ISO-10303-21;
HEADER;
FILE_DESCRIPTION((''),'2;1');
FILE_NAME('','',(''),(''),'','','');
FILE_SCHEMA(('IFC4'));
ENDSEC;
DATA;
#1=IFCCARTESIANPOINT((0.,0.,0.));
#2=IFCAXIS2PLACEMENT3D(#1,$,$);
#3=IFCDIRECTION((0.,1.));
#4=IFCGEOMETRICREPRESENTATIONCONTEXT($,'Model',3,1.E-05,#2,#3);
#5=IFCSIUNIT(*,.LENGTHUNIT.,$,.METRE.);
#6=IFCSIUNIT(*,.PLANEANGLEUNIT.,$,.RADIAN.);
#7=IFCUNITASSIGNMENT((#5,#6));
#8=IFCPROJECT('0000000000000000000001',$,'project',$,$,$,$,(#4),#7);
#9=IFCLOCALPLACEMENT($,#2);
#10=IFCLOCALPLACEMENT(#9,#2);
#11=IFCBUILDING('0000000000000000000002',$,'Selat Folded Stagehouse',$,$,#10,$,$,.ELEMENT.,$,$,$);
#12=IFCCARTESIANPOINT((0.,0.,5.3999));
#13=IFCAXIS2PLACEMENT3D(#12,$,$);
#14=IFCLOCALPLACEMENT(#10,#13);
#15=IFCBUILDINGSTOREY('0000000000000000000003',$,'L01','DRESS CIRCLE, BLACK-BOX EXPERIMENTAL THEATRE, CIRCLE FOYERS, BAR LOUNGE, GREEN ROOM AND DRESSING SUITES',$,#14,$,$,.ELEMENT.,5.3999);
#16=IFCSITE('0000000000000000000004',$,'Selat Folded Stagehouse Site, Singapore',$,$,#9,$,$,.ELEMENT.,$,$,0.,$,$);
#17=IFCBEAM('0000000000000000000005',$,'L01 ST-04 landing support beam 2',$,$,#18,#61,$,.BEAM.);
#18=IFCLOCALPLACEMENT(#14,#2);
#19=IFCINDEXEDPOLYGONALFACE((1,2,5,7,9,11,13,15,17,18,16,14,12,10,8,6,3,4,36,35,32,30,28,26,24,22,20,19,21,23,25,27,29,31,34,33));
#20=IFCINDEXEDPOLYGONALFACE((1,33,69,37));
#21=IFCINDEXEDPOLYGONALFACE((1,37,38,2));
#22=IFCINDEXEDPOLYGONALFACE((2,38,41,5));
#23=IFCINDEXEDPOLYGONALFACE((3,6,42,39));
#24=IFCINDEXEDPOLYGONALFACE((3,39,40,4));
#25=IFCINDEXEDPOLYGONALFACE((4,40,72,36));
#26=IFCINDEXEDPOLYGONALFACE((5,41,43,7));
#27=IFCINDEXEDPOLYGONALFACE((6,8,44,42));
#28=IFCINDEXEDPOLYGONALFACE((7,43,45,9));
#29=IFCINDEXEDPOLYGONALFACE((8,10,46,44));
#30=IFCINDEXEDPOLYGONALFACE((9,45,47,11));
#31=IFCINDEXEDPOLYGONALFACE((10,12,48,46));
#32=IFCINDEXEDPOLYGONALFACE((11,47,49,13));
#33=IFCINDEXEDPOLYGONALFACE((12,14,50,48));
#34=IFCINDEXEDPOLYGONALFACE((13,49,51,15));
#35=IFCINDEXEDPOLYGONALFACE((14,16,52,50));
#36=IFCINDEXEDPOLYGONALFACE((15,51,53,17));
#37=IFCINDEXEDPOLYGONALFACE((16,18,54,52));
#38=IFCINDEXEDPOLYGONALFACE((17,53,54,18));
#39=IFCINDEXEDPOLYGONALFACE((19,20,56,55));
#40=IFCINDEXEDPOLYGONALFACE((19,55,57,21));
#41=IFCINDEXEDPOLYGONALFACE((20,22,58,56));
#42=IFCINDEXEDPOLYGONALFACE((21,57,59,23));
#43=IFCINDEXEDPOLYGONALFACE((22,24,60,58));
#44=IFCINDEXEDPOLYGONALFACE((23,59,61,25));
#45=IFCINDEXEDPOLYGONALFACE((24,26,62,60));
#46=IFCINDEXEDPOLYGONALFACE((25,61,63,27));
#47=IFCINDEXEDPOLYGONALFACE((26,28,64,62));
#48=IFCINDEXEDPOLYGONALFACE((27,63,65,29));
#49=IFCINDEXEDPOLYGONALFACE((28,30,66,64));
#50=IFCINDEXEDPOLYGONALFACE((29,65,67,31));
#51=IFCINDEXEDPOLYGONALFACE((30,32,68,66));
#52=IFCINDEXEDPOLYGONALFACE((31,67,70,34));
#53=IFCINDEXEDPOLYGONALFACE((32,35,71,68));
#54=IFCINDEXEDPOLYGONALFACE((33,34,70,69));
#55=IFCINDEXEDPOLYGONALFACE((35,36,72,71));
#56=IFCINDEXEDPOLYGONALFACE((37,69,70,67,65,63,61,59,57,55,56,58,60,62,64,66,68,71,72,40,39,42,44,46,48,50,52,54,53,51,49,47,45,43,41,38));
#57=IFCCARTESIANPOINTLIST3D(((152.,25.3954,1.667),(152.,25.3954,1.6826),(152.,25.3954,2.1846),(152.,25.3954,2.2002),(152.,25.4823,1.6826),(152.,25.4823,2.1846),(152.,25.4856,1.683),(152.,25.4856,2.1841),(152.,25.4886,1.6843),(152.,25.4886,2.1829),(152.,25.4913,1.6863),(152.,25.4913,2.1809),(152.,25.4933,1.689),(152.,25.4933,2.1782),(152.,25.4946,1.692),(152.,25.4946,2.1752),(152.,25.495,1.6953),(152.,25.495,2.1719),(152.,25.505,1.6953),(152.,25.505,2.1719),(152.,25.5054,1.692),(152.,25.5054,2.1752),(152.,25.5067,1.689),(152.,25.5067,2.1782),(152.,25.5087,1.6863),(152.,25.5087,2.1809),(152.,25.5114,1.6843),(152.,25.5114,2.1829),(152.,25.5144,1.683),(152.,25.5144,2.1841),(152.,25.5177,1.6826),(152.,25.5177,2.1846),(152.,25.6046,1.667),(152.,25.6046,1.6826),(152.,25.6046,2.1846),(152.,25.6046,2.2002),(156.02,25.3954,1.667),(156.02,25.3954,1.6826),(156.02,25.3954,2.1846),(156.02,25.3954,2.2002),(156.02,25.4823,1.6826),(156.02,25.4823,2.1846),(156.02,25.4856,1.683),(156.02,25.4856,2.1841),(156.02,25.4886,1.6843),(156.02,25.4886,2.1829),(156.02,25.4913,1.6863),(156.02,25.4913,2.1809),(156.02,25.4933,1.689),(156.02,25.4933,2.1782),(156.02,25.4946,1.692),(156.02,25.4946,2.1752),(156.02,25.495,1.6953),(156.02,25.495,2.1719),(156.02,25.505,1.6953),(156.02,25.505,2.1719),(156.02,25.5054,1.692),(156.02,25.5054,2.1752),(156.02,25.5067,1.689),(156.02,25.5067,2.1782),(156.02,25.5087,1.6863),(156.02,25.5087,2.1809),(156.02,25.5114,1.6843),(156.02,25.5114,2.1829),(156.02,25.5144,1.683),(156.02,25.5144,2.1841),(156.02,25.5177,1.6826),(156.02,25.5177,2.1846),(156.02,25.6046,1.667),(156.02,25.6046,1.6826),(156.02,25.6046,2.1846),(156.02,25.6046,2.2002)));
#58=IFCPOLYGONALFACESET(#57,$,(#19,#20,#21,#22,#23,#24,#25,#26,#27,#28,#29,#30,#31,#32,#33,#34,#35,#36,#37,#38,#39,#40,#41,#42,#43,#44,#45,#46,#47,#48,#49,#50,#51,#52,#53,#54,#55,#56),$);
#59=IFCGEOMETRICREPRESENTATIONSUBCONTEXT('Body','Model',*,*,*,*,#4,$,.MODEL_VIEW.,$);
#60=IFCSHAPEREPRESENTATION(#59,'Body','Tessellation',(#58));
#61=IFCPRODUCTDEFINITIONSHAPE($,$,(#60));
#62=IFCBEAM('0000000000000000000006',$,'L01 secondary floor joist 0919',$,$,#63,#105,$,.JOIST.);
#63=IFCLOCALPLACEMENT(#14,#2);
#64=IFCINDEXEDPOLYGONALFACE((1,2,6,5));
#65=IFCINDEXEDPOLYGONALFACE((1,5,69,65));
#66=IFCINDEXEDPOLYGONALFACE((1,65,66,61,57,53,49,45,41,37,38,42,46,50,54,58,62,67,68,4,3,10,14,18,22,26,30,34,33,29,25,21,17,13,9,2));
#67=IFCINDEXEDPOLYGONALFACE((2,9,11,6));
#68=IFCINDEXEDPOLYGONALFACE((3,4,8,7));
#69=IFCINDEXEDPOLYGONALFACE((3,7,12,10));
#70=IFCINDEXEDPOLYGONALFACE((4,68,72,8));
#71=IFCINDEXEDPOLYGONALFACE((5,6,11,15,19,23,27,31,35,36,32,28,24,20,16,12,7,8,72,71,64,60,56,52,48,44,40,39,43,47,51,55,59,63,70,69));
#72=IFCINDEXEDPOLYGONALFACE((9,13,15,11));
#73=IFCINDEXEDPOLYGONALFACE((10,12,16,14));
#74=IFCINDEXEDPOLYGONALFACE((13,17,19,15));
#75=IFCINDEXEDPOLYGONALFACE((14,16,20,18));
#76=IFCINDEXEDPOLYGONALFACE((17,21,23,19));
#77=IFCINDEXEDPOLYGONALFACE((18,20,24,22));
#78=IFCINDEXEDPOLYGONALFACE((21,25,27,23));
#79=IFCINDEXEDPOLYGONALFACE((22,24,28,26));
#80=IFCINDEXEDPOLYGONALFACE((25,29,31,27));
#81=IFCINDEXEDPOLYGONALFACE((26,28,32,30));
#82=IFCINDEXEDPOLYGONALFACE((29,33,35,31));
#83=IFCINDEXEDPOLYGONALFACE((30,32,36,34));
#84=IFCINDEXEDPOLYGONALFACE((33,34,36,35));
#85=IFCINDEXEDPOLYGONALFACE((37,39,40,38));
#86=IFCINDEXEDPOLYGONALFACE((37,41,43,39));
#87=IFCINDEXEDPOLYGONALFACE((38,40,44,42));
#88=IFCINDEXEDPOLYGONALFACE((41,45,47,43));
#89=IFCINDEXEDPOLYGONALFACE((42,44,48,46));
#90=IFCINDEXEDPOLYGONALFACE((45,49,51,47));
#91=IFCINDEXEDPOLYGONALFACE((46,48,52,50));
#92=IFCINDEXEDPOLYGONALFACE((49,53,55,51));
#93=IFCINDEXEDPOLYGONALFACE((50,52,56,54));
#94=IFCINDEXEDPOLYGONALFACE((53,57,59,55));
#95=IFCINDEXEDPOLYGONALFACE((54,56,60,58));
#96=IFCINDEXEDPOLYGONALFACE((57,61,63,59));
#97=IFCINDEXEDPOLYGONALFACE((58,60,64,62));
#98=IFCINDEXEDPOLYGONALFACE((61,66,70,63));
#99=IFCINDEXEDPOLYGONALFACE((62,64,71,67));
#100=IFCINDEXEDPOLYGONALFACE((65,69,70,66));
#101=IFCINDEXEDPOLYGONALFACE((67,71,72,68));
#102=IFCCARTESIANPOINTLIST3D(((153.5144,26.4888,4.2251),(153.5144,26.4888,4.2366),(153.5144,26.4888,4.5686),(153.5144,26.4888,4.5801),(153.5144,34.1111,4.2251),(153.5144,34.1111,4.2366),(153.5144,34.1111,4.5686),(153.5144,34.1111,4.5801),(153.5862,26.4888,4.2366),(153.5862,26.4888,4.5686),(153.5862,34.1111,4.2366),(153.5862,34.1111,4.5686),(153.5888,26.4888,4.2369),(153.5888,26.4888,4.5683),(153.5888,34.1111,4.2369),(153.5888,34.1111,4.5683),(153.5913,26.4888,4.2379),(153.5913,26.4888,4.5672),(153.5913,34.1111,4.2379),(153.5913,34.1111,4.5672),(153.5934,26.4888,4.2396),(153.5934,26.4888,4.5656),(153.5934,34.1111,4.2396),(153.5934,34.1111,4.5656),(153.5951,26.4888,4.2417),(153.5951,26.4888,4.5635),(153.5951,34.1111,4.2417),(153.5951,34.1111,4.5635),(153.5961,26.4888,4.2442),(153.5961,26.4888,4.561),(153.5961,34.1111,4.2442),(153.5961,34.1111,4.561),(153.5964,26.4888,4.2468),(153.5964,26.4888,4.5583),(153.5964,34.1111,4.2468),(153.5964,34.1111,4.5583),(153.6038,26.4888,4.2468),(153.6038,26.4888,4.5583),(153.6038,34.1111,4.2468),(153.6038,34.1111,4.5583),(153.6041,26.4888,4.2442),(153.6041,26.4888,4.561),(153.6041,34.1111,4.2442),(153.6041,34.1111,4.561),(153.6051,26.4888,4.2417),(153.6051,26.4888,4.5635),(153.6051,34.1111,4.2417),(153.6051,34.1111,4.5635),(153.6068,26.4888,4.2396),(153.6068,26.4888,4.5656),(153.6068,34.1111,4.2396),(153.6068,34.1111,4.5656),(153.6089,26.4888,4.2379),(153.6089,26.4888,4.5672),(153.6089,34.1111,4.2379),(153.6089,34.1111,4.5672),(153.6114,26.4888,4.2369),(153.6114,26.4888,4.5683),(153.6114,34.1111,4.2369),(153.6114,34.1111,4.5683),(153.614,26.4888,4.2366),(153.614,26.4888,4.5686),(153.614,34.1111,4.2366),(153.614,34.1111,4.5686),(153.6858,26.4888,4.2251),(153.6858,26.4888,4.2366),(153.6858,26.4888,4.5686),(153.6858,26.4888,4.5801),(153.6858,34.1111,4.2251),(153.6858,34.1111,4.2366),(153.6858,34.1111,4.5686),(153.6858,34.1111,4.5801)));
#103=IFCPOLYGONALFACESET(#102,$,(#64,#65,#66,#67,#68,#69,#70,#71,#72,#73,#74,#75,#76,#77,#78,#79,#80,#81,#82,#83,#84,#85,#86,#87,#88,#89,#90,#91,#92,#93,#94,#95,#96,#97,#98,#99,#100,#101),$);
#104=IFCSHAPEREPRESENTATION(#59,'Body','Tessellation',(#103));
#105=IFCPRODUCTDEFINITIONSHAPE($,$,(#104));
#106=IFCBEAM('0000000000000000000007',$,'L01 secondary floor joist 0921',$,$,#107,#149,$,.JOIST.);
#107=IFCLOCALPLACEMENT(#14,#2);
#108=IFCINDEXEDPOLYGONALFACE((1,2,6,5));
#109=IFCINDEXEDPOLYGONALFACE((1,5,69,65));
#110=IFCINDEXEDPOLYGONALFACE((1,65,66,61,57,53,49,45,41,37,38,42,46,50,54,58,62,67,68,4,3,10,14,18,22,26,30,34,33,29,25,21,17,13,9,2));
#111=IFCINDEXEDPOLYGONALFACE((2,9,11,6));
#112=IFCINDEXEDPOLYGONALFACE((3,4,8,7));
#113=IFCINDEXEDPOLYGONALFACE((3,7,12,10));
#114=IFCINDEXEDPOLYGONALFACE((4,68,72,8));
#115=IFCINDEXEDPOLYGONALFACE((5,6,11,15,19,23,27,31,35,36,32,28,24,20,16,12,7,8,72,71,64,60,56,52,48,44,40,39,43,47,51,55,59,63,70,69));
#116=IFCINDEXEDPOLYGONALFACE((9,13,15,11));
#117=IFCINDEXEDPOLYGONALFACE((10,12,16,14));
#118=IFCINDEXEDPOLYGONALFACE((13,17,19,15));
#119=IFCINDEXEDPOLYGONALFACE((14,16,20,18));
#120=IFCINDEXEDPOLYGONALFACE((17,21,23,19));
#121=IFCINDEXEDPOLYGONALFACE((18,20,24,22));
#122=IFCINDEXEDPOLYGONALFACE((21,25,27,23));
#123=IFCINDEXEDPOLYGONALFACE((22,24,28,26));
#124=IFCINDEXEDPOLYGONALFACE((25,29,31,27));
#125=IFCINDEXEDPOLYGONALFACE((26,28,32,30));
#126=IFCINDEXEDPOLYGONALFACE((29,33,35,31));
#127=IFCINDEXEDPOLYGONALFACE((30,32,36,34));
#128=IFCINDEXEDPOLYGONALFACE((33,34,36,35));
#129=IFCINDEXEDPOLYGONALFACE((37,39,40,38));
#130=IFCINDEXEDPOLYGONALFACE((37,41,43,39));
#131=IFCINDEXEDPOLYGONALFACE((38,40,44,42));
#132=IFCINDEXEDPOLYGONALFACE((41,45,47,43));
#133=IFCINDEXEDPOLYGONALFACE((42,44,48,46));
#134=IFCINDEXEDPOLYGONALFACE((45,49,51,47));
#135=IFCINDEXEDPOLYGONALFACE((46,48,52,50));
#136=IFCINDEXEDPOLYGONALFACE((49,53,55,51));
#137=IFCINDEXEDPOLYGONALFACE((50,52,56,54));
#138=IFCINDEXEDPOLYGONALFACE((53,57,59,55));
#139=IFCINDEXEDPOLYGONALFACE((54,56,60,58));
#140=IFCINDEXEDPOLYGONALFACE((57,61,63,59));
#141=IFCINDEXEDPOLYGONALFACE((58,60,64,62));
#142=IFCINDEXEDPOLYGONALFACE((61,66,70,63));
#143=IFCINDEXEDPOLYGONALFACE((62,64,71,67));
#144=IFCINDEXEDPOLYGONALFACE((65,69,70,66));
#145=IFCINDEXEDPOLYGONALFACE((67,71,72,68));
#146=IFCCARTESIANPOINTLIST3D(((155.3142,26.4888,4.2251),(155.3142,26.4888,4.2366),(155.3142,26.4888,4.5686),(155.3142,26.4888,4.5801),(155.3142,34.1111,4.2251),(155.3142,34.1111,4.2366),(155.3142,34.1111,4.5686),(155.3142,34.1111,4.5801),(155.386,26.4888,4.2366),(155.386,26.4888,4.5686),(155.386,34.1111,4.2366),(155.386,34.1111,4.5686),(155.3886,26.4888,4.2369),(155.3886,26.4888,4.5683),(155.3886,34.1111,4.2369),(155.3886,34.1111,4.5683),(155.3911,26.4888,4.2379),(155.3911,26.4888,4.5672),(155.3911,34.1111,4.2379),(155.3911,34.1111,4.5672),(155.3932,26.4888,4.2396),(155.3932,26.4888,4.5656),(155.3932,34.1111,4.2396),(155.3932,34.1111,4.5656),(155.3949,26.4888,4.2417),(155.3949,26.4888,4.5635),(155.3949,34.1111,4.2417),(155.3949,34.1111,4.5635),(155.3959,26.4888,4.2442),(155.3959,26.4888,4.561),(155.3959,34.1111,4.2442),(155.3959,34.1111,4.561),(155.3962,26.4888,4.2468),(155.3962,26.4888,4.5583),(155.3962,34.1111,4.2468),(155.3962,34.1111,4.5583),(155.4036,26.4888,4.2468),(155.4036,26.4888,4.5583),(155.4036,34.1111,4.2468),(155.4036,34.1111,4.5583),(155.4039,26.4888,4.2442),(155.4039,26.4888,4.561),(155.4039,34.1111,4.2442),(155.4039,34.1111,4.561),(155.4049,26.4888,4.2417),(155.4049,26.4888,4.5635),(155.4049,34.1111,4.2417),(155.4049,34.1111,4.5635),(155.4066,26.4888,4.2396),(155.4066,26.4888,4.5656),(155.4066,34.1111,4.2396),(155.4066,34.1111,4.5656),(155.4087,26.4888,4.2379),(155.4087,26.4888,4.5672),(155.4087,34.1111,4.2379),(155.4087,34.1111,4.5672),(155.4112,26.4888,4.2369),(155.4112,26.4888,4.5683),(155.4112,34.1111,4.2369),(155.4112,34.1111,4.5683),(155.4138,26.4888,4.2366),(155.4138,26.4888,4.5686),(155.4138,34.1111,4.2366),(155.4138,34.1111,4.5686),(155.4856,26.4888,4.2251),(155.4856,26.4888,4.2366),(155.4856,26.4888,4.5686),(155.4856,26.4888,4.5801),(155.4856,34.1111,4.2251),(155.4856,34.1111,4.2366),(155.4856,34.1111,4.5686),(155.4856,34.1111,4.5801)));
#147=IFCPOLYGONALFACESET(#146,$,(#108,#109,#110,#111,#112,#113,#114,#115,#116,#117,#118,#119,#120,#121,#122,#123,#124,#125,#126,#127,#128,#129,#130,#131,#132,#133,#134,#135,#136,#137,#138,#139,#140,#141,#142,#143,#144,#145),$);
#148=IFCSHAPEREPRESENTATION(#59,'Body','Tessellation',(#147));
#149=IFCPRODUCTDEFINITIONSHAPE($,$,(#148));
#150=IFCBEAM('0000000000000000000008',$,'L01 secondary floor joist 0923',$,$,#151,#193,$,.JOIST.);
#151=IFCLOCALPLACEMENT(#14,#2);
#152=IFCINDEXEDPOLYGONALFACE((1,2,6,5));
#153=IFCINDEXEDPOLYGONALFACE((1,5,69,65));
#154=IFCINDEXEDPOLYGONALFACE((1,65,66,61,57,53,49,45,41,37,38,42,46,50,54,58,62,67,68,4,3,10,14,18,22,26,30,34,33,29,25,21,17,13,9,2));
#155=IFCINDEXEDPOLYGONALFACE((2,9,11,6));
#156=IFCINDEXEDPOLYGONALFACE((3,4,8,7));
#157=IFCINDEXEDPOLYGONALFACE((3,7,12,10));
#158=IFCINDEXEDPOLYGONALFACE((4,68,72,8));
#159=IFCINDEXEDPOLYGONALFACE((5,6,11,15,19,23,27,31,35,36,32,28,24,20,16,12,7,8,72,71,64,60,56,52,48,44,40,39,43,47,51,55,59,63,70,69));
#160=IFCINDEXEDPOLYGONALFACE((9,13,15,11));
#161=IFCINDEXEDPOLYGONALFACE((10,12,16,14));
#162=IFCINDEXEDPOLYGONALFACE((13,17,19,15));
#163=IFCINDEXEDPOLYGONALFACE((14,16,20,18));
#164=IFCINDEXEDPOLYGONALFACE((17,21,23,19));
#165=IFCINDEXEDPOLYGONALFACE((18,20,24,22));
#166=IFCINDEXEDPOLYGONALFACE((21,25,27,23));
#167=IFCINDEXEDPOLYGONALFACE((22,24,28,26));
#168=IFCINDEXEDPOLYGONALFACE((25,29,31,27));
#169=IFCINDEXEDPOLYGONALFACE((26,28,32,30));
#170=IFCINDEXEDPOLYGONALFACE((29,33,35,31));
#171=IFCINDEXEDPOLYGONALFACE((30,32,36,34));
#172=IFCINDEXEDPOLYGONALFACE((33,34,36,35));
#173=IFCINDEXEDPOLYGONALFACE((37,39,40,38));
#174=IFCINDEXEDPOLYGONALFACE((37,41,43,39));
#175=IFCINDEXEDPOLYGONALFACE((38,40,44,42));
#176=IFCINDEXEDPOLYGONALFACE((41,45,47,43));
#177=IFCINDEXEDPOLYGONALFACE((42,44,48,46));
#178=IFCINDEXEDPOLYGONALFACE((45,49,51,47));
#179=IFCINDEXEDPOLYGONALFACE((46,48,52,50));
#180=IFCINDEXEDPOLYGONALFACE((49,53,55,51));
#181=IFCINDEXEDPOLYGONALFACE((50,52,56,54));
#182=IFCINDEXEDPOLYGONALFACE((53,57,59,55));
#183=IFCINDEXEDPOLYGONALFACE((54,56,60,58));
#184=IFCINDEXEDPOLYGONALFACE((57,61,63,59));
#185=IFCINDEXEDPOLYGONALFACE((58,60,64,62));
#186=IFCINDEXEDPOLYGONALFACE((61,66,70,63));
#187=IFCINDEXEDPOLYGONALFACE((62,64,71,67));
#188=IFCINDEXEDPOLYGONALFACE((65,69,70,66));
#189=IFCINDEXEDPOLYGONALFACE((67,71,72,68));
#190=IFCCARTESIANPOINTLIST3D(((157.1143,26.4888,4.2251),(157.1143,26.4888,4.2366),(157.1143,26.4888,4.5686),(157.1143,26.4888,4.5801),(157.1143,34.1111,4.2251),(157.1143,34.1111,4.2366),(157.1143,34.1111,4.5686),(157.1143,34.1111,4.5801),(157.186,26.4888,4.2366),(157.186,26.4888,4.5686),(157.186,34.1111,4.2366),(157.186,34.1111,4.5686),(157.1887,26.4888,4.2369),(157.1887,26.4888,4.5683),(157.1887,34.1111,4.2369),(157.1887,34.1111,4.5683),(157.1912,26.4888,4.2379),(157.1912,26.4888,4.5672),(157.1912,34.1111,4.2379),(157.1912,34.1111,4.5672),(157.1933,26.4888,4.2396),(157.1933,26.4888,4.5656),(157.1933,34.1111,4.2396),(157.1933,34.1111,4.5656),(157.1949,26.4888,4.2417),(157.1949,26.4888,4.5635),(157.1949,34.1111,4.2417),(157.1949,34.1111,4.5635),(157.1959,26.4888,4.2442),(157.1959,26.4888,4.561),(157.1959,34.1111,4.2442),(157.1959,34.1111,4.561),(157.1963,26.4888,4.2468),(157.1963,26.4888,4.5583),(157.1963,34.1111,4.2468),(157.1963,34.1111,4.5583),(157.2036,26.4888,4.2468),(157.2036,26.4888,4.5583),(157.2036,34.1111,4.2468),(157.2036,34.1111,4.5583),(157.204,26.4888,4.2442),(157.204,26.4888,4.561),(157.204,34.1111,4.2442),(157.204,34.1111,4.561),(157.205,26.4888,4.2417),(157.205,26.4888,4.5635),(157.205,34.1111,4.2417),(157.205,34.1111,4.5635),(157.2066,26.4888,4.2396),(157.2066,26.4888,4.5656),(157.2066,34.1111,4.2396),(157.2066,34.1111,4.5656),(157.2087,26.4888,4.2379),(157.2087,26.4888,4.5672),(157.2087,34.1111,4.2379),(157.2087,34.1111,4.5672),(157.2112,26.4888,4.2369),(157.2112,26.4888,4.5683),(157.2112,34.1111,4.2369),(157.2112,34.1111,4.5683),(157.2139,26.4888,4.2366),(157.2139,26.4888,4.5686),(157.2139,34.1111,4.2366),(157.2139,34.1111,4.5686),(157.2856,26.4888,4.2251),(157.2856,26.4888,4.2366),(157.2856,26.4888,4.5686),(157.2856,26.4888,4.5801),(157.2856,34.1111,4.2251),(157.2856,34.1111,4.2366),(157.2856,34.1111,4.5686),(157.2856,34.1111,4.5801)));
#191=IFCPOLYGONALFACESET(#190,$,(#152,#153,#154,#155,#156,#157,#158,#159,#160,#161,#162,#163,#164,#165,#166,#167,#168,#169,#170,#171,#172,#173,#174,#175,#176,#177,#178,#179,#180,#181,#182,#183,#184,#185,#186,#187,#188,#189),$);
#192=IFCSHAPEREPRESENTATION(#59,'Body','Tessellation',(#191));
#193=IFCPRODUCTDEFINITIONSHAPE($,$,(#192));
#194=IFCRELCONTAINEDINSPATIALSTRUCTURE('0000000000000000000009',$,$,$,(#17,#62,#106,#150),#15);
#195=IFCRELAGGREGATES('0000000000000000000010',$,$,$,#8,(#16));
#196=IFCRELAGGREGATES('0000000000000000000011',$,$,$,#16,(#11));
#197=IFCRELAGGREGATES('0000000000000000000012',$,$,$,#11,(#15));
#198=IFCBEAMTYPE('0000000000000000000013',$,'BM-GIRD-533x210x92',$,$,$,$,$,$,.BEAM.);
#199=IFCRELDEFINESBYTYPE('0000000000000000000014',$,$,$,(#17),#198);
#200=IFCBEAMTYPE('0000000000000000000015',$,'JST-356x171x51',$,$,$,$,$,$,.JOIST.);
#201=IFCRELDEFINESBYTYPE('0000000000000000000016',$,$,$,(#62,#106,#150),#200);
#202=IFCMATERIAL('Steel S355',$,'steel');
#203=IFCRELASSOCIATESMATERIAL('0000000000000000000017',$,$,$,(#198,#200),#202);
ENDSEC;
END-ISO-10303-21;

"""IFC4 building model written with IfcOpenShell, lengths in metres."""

from ifc_helpers import new_model, si_unit, direction, frame, origin, origin_2d, place, context, subcontext, project, spatial, i_section, extrude, material, material_profile, profile_set, type_object, element, save


model = new_model("IFC4")

# Units and contexts
model_context = context("Model", 3, precision=1e-05, world=origin(), true_north=direction((0.0, 1.0)))
body_context = subcontext(model_context, "Body", "Model", "MODEL_VIEW")
ifc_project = project(units=[si_unit("LENGTHUNIT", "METRE"), si_unit("PLANEANGLEUNIT", "RADIAN")], contexts=[model_context])

# Site, building, storey
site_placement = place(None, origin())
site = spatial("IfcSite", under=ifc_project, at=site_placement, Name="Selat Folded Stagehouse Site, Singapore", CompositionType="ELEMENT", RefElevation=0.0)
building_placement = place(site_placement, origin())
building = spatial("IfcBuilding", under=site, at=building_placement, Name="Selat Folded Stagehouse", CompositionType="ELEMENT")
storey_placement = place(building_placement, frame((0.0, 0.0, 5.3999)))
storey = spatial("IfcBuildingStorey", under=building, at=storey_placement, Name="L01", Description="DRESS CIRCLE, BLACK-BOX EXPERIMENTAL THEATRE, CIRCLE FOYERS, BAR LOUNGE, GREEN ROOM AND DRESSING SUITES", CompositionType="ELEMENT", Elevation=5.3999)

# Shared definitions
ifc_material_1 = material(Name="Steel S355", Category="steel")

# Beams
ifc_material_profile_1 = material_profile(ifc_material_1, i_section(OverallWidth=0.2092, OverallDepth=0.5332, WebThickness=0.01, FlangeThickness=0.0156, FilletRadius=0.0127, at=origin_2d()), Name="UKB 533x210x92")
ifc_profile_set_1 = profile_set([ifc_material_profile_1], Name="Steel S355")
beam_type_1 = type_object("IfcBeamType", Name="BM-GIRD-533x210x92", PredefinedType="BEAM", material=ifc_profile_set_1)
for number, where, z_axis, x_axis, name in (
    (1, (152.0, 25.5, 1.9336), (1.0, 0.0, 0.0), (0.0, 1.0, 0.0), "L01 ST-04 landing support beam 2"),
):
    element("IfcBeam", number, at=place(storey_placement, frame(where, z_axis=z_axis, x_axis=x_axis)), inside=storey, type_object=beam_type_1, Name=name, PredefinedType="BEAM", context=body_context, shape_type="SweptSolid", body=[
        extrude(i_section(OverallWidth=0.2092, OverallDepth=0.5332, WebThickness=0.01, FlangeThickness=0.0156, FilletRadius=0.0127, at=origin_2d()), origin(), (0.0, 0.0, 1.0), 4.02),
    ])
ifc_material_profile_2 = material_profile(ifc_material_1, i_section(OverallWidth=0.1714, OverallDepth=0.355, WebThickness=0.0073, FlangeThickness=0.0115, FilletRadius=0.0103, at=origin_2d()), Name="UKB 356x171x51")
ifc_profile_set_2 = profile_set([ifc_material_profile_2], Name="Steel S355")
beam_type_2 = type_object("IfcBeamType", Name="JST-356x171x51", PredefinedType="JOIST", material=ifc_profile_set_2)
for number, where, z_axis, x_axis, name in (
    (2, (153.6001, 26.4888, 4.4026), (0.0, 1.0, 0.0), (-1.0, 0.0, 0.0), "L01 secondary floor joist 0919"),
    (3, (155.3999, 26.4888, 4.4026), (0.0, 1.0, 0.0), (-1.0, 0.0, 0.0), "L01 secondary floor joist 0921"),
    (4, (157.2, 26.4888, 4.4026), (0.0, 1.0, 0.0), (-1.0, 0.0, 0.0), "L01 secondary floor joist 0923"),
):
    element("IfcBeam", number, at=place(storey_placement, frame(where, z_axis=z_axis, x_axis=x_axis)), inside=storey, type_object=beam_type_2, Name=name, PredefinedType="JOIST", context=body_context, shape_type="SweptSolid", body=[
        extrude(i_section(OverallWidth=0.1714, OverallDepth=0.355, WebThickness=0.0073, FlangeThickness=0.0115, FilletRadius=0.0103, at=origin_2d()), origin(), (0.0, 0.0, 1.0), 7.6223),
    ])

save(model, "model.ifc")
